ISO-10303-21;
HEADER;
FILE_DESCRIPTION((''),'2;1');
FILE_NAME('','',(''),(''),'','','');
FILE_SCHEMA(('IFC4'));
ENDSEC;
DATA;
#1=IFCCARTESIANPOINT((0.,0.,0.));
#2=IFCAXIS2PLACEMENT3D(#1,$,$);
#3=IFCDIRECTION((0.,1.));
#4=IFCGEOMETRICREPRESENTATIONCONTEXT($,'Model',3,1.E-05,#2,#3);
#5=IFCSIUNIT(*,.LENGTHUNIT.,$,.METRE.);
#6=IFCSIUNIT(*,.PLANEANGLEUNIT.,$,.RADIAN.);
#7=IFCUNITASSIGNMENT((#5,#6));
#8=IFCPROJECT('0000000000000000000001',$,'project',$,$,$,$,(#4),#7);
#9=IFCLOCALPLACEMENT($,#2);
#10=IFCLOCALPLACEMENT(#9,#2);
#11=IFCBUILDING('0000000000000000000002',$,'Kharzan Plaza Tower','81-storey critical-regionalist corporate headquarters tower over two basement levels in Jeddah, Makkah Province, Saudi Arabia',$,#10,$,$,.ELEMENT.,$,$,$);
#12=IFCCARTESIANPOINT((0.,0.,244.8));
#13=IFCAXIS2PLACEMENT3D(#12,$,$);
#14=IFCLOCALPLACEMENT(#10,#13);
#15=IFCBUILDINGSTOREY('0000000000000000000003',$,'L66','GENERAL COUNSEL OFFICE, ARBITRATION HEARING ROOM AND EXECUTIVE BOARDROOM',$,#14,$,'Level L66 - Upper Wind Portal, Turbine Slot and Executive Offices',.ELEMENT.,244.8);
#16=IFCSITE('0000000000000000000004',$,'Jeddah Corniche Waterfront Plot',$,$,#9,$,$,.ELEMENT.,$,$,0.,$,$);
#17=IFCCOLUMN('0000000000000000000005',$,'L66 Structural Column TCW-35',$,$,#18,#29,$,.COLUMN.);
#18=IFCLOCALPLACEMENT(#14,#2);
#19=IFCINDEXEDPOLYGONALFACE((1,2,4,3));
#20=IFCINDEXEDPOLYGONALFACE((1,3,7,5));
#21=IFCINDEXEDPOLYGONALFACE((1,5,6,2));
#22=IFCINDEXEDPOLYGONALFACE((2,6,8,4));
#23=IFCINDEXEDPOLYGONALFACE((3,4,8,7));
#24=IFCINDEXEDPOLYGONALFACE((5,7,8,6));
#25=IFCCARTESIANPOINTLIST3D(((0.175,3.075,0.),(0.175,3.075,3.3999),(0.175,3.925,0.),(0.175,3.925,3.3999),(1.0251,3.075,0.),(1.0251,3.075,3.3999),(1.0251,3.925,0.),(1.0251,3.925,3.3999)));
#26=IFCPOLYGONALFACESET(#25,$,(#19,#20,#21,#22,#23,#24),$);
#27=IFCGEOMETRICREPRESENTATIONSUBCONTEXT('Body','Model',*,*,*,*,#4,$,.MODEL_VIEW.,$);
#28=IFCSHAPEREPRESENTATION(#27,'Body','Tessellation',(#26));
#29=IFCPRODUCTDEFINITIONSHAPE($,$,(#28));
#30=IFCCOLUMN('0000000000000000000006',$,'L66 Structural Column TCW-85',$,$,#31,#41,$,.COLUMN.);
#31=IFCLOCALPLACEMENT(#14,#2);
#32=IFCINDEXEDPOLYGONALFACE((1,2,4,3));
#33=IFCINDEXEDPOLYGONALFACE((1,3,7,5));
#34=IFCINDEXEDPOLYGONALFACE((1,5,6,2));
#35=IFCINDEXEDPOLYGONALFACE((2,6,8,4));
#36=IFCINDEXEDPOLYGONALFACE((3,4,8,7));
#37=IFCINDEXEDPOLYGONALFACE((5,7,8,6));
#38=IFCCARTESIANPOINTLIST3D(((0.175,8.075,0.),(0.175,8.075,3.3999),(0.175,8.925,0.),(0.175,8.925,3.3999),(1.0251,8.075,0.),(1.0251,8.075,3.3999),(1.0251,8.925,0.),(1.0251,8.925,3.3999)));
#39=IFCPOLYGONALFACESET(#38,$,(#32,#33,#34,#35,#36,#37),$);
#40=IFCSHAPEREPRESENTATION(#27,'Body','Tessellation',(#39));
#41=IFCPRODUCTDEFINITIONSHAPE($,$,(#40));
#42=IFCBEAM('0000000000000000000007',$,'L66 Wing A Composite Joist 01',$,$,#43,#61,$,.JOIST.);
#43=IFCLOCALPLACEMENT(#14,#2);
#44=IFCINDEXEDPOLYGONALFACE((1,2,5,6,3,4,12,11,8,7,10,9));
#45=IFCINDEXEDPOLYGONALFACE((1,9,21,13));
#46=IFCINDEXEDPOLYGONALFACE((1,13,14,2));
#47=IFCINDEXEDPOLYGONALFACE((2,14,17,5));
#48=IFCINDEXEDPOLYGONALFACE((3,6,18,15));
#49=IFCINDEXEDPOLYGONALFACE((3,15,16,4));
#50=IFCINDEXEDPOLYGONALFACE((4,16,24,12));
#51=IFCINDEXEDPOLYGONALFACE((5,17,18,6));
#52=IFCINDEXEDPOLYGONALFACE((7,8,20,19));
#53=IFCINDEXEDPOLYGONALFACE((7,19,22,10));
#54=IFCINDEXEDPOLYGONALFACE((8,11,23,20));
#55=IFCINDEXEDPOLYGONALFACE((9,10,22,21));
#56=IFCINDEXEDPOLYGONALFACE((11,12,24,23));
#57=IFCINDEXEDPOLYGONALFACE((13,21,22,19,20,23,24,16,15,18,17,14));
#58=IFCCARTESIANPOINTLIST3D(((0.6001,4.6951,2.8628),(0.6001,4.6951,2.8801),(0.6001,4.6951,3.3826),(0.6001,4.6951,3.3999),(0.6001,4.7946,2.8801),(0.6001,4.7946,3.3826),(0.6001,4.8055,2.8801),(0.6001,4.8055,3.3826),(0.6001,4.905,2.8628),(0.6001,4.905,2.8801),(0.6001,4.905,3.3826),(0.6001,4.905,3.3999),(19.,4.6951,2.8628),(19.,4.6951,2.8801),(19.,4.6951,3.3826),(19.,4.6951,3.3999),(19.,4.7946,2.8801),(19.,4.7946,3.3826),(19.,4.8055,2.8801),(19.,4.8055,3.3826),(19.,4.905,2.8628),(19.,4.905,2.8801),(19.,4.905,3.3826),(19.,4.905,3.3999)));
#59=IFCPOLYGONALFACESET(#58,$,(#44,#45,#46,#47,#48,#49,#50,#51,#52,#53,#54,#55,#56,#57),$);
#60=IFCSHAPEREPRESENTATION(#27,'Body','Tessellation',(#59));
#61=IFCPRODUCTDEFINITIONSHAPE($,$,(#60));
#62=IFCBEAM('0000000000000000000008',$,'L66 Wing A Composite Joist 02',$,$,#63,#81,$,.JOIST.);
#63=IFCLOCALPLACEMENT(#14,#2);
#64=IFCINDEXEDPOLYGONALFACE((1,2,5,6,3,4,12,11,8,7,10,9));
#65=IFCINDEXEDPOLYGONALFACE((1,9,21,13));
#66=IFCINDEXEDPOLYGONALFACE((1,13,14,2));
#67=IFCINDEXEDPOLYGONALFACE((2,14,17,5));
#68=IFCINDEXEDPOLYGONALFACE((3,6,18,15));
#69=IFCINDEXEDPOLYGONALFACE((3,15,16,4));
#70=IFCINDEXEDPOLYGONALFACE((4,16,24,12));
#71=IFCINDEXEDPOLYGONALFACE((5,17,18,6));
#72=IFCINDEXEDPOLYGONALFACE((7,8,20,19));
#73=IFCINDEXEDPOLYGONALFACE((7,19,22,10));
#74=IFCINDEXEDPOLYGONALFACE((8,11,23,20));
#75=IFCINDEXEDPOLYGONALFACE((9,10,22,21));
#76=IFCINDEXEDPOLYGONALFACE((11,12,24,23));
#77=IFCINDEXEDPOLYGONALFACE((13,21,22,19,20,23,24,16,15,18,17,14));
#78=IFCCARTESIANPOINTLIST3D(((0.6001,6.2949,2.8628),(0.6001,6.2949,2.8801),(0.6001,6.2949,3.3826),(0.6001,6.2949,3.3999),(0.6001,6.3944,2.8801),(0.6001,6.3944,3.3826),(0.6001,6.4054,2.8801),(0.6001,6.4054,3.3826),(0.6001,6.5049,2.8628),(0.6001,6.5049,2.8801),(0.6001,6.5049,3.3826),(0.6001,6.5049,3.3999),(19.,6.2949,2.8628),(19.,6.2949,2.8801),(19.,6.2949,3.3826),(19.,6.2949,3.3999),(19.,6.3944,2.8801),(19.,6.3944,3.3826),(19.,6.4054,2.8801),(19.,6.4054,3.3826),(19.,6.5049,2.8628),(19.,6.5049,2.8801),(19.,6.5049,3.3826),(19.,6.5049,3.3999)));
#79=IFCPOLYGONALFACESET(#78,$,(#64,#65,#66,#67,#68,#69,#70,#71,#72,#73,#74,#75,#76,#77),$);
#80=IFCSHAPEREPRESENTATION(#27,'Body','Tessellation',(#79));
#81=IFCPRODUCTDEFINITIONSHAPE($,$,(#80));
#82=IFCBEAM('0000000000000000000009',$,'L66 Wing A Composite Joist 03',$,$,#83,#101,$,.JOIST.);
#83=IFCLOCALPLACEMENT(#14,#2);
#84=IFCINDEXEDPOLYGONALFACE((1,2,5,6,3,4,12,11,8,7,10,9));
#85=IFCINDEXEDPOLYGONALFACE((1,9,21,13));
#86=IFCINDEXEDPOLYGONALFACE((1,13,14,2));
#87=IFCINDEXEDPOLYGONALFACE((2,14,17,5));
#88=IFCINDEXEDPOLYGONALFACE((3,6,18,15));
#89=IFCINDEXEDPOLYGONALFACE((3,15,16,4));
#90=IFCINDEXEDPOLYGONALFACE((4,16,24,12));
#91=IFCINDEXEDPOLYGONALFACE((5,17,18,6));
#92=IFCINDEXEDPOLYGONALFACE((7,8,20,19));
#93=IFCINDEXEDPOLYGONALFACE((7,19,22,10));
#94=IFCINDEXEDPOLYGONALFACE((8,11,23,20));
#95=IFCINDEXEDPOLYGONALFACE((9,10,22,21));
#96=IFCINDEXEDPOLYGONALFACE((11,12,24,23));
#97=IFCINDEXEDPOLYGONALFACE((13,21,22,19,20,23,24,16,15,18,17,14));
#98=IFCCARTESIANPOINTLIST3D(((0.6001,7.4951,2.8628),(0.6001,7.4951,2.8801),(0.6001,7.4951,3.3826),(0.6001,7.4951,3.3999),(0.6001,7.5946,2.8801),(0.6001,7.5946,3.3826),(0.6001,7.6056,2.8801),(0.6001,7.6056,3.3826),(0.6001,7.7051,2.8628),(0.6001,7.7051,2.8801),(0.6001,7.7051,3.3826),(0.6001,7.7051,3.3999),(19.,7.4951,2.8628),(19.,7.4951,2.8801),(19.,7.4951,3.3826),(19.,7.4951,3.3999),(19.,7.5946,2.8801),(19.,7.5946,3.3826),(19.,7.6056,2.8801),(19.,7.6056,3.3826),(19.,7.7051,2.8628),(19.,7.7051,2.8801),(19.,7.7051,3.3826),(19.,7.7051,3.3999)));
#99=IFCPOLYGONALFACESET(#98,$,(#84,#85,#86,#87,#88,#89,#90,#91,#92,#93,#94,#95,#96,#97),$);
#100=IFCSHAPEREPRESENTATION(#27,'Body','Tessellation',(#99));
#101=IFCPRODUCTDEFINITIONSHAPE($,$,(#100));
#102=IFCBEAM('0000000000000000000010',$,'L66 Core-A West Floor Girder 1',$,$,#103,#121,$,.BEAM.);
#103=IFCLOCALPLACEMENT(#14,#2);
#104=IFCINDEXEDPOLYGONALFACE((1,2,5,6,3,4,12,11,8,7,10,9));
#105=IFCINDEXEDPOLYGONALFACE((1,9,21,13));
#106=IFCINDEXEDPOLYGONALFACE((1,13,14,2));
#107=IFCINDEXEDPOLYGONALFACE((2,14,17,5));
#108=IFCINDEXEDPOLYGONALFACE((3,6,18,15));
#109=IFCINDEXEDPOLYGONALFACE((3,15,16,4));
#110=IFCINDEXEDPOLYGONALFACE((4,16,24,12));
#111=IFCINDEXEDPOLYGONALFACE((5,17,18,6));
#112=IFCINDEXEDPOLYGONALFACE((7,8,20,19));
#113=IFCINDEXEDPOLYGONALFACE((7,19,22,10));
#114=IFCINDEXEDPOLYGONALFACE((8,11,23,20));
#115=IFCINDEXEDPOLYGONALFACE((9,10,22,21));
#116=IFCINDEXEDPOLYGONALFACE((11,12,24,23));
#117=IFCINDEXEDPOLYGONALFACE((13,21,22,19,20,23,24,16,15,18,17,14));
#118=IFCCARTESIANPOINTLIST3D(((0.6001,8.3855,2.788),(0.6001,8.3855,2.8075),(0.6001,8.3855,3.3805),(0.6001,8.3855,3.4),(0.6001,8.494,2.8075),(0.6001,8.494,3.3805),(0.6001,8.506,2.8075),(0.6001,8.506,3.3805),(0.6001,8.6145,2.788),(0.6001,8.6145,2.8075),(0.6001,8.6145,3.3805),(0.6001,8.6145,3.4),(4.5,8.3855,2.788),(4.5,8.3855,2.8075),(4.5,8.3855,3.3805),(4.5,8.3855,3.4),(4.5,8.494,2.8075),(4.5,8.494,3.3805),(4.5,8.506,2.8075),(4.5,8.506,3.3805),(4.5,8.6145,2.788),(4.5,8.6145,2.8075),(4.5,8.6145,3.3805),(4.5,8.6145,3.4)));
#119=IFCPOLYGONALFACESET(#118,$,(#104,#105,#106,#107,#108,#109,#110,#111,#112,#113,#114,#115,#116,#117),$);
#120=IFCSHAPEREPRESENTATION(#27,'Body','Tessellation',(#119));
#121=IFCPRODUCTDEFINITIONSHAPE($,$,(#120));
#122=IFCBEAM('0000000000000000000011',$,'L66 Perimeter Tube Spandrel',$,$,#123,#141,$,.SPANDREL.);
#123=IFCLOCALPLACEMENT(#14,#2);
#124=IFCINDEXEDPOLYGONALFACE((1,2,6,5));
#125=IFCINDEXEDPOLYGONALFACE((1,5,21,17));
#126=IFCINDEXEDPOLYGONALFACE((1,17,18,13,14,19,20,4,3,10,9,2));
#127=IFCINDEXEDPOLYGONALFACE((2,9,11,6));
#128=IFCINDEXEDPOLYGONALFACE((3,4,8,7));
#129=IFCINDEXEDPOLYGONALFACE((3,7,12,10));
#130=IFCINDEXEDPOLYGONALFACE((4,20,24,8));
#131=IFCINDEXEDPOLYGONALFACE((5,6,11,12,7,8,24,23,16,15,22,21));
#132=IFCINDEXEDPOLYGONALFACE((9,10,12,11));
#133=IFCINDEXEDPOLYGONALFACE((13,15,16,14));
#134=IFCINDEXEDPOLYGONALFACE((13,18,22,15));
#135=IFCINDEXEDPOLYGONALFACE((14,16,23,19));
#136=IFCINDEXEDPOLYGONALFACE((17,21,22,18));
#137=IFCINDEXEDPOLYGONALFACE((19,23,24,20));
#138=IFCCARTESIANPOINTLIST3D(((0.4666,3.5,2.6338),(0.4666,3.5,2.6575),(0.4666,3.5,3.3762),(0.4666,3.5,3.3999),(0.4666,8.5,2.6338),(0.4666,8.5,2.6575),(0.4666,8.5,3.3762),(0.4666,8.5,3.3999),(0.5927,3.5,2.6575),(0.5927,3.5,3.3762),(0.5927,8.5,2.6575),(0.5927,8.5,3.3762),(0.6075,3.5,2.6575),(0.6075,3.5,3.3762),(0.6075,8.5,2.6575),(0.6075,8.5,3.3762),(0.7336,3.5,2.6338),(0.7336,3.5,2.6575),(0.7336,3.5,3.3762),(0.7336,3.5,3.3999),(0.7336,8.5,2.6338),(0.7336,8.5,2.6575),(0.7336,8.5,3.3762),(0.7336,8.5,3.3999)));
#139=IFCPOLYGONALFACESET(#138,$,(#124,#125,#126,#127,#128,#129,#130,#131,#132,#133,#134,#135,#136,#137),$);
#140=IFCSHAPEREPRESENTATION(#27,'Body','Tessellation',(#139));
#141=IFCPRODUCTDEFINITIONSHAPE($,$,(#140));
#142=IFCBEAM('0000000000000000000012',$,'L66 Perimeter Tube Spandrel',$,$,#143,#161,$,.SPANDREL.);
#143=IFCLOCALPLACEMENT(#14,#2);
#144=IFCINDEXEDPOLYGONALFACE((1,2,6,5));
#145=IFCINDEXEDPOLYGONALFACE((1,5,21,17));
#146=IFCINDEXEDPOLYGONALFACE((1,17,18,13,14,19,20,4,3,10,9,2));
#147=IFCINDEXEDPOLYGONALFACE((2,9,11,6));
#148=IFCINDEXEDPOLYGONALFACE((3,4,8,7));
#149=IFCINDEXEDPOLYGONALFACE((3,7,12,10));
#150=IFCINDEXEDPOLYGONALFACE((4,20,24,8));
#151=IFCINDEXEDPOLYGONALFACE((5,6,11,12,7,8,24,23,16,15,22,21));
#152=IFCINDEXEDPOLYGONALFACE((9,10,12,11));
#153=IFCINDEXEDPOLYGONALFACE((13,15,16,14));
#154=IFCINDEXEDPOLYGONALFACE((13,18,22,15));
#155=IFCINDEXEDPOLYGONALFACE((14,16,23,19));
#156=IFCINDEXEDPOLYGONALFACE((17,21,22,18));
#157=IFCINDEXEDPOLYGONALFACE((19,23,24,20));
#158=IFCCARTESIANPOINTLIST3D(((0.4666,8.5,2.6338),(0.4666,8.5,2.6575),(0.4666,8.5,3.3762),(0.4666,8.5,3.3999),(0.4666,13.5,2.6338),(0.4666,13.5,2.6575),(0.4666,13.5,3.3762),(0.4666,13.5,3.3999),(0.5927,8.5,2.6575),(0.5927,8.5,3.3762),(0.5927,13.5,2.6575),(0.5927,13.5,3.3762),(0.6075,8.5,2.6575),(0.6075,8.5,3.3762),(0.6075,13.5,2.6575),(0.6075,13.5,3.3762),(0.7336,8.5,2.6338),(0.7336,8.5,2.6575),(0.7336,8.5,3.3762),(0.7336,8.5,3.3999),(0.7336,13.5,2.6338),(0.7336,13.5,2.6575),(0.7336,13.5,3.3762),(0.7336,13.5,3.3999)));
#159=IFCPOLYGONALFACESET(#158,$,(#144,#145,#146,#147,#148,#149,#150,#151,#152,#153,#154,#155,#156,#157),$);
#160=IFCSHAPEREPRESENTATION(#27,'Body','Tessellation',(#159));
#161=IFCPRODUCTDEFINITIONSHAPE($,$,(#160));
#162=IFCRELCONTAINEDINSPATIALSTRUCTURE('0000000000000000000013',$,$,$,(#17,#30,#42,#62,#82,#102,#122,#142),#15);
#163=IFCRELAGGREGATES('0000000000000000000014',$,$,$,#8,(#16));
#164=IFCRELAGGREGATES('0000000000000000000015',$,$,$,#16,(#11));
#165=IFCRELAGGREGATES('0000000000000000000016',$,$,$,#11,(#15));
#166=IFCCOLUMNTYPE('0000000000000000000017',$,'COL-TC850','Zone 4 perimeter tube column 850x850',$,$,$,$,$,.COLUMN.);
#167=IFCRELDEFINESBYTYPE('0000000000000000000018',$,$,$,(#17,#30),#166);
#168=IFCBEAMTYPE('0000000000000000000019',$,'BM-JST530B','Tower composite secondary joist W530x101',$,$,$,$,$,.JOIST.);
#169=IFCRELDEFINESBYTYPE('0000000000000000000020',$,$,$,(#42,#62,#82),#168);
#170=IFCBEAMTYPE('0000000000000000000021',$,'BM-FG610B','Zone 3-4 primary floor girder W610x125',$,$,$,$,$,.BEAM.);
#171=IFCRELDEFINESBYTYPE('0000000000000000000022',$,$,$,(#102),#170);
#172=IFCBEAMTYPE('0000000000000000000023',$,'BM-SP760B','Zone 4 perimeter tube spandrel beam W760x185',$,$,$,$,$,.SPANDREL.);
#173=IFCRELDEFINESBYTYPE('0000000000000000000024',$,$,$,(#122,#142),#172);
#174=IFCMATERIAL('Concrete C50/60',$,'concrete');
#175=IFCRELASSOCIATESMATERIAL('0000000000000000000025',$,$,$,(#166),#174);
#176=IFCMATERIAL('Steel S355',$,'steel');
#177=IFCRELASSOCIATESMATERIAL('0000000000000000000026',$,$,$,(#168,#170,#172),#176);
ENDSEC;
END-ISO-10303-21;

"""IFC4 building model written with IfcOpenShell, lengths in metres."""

from ifc_helpers import new_model, si_unit, direction, frame, origin, origin_2d, place, context, subcontext, project, spatial, rectangle, i_section, extrude, source, transform, mapped, material, material_profile, profile_set, type_object, element, save


model = new_model("IFC4")

# Units and contexts
model_context = context("Model", 3, precision=1e-05, world=origin(), true_north=direction((0.0, 1.0)))
body_context = subcontext(model_context, "Body", "Model", "MODEL_VIEW")
ifc_project = project(units=[si_unit("LENGTHUNIT", "METRE"), si_unit("PLANEANGLEUNIT", "RADIAN")], contexts=[model_context])

# Site, building, storey
site_placement = place(None, origin())
site = spatial("IfcSite", under=ifc_project, at=site_placement, Name="Jeddah Corniche Waterfront Plot", CompositionType="ELEMENT", RefElevation=0.0)
building_placement = place(site_placement, origin())
building = spatial("IfcBuilding", under=site, at=building_placement, Name="Kharzan Plaza Tower", Description="81-storey critical-regionalist corporate headquarters tower over two basement levels in Jeddah, Makkah Province, Saudi Arabia", CompositionType="ELEMENT")
storey_placement = place(building_placement, frame((0.0, 0.0, 244.8)))
storey = spatial("IfcBuildingStorey", under=building, at=storey_placement, Name="L66", Description="GENERAL COUNSEL OFFICE, ARBITRATION HEARING ROOM AND EXECUTIVE BOARDROOM", LongName="Level L66 - Upper Wind Portal, Turbine Slot and Executive Offices", CompositionType="ELEMENT", Elevation=244.8)

# Columns
ifc_material_1 = material(Name="Concrete C50/60", Category="concrete")
ifc_material_profile_1 = material_profile(ifc_material_1, rectangle(XDim=0.8501, YDim=0.8501, at=origin_2d()), Name="RC-TC850x850")
ifc_profile_set_1 = profile_set([ifc_material_profile_1], Name="Concrete C50/60")
column_type = type_object("IfcColumnType", Name="COL-TC850", Description="Zone 4 perimeter tube column 850x850", PredefinedType="COLUMN", material=ifc_profile_set_1)
shared_shape_1 = source(origin(), body_context, "Body", "SweptSolid", [
    extrude(rectangle(XDim=0.8501, YDim=0.8501, at=origin_2d()), origin(), (0.0, 0.0, 1.0), 3.3999),
])
for number, where, z_axis, x_axis, name in (
    (1, (0.6001, 3.5, 0.0), (0.0, 0.0, 1.0), (1.0, 0.0, 0.0), "L66 Structural Column TCW-35"),
    (2, (0.6001, 8.5, 0.0), (0.0, 0.0, 1.0), (1.0, 0.0, 0.0), "L66 Structural Column TCW-85"),
):
    element("IfcColumn", number, at=place(storey_placement, frame(where, z_axis=z_axis, x_axis=x_axis)), inside=storey, type_object=column_type, Name=name, PredefinedType="COLUMN", context=body_context, shape_type="MappedRepresentation", body=[
        mapped(shared_shape_1, transform((0.0, 0.0, 0.0), x_axis=(1.0, 0.0, 0.0), y_axis=(0.0, 1.0, 0.0), z_axis=(0.0, 0.0, 1.0))),
    ])

# Beams
ifc_material_2 = material(Name="Steel S355", Category="steel")
ifc_material_profile_2 = material_profile(ifc_material_2, i_section(OverallWidth=0.21, OverallDepth=0.5371, WebThickness=0.011, FlangeThickness=0.0173, at=origin_2d()), Name="W530x101")
ifc_profile_set_2 = profile_set([ifc_material_profile_2], Name="Steel S355")
beam_type_1 = type_object("IfcBeamType", Name="BM-JST530B", Description="Tower composite secondary joist W530x101", PredefinedType="JOIST", material=ifc_profile_set_2)
shared_shape_2 = source(origin(), body_context, "Body", "SweptSolid", [
    extrude(i_section(OverallWidth=0.21, OverallDepth=0.5371, WebThickness=0.011, FlangeThickness=0.0173, at=origin_2d()), origin(), (0.0, 0.0, 1.0), 18.3999),
])
for number, where, z_axis, x_axis, name in (
    (3, (0.6001, 4.8, 3.1313), (1.0, 0.0, 0.0), (0.0, 1.0, 0.0), "L66 Wing A Composite Joist 01"),
    (4, (0.6001, 6.3999, 3.1313), (1.0, 0.0, 0.0), (0.0, 1.0, 0.0), "L66 Wing A Composite Joist 02"),
    (5, (0.6001, 7.6001, 3.1313), (1.0, 0.0, 0.0), (0.0, 1.0, 0.0), "L66 Wing A Composite Joist 03"),
):
    element("IfcBeam", number, at=place(storey_placement, frame(where, z_axis=z_axis, x_axis=x_axis)), inside=storey, type_object=beam_type_1, Name=name, PredefinedType="JOIST", context=body_context, shape_type="MappedRepresentation", body=[
        mapped(shared_shape_2, transform((0.0, 0.0, 0.0), x_axis=(1.0, 0.0, 0.0), y_axis=(0.0, 1.0, 0.0), z_axis=(0.0, 0.0, 1.0))),
    ])
ifc_material_profile_3 = material_profile(ifc_material_2, i_section(OverallWidth=0.229, OverallDepth=0.6121, WebThickness=0.012, FlangeThickness=0.0195, at=origin_2d()), Name="W610x125")
ifc_profile_set_3 = profile_set([ifc_material_profile_3], Name="Steel S355")
beam_type_2 = type_object("IfcBeamType", Name="BM-FG610B", Description="Zone 3-4 primary floor girder W610x125", PredefinedType="BEAM", material=ifc_profile_set_3)
shared_shape_3 = source(origin(), body_context, "Body", "SweptSolid", [
    extrude(i_section(OverallWidth=0.229, OverallDepth=0.6121, WebThickness=0.012, FlangeThickness=0.0195, at=origin_2d()), origin(), (0.0, 0.0, 1.0), 3.8999),
])
beam_placement = place(storey_placement, frame((0.6001, 8.5, 3.094), z_axis=(1.0, 0.0, 0.0), x_axis=(0.0, 1.0, 0.0)))
element("IfcBeam", 6, at=beam_placement, inside=storey, type_object=beam_type_2, Name="L66 Core-A West Floor Girder 1", PredefinedType="BEAM", context=body_context, shape_type="MappedRepresentation", body=[
    mapped(shared_shape_3, transform((0.0, 0.0, 0.0), x_axis=(1.0, 0.0, 0.0), y_axis=(0.0, 1.0, 0.0), z_axis=(0.0, 0.0, 1.0))),
])
ifc_material_profile_4 = material_profile(ifc_material_2, i_section(OverallWidth=0.2671, OverallDepth=0.7661, WebThickness=0.0149, FlangeThickness=0.0237, at=origin_2d()), Name="W760x185")
ifc_profile_set_4 = profile_set([ifc_material_profile_4], Name="Steel S355")
beam_type_3 = type_object("IfcBeamType", Name="BM-SP760B", Description="Zone 4 perimeter tube spandrel beam W760x185", PredefinedType="SPANDREL", material=ifc_profile_set_4)
shared_shape_4 = source(origin(), body_context, "Body", "SweptSolid", [
    extrude(i_section(OverallWidth=0.2671, OverallDepth=0.7661, WebThickness=0.0149, FlangeThickness=0.0237, at=origin_2d()), origin(), (0.0, 0.0, 1.0), 5.0),
])
for number, where, z_axis, x_axis, name in (
    (7, (0.6001, 3.5, 3.0168), (0.0, 1.0, 0.0), (-1.0, 0.0, 0.0), "L66 Perimeter Tube Spandrel"),
    (8, (0.6001, 8.5, 3.0168), (0.0, 1.0, 0.0), (-1.0, 0.0, 0.0), "L66 Perimeter Tube Spandrel"),
):
    element("IfcBeam", number, at=place(storey_placement, frame(where, z_axis=z_axis, x_axis=x_axis)), inside=storey, type_object=beam_type_3, Name=name, PredefinedType="SPANDREL", context=body_context, shape_type="MappedRepresentation", body=[
        mapped(shared_shape_4, transform((0.0, 0.0, 0.0), x_axis=(1.0, 0.0, 0.0), y_axis=(0.0, 1.0, 0.0), z_axis=(0.0, 0.0, 1.0))),
    ])

save(model, "model.ifc")
